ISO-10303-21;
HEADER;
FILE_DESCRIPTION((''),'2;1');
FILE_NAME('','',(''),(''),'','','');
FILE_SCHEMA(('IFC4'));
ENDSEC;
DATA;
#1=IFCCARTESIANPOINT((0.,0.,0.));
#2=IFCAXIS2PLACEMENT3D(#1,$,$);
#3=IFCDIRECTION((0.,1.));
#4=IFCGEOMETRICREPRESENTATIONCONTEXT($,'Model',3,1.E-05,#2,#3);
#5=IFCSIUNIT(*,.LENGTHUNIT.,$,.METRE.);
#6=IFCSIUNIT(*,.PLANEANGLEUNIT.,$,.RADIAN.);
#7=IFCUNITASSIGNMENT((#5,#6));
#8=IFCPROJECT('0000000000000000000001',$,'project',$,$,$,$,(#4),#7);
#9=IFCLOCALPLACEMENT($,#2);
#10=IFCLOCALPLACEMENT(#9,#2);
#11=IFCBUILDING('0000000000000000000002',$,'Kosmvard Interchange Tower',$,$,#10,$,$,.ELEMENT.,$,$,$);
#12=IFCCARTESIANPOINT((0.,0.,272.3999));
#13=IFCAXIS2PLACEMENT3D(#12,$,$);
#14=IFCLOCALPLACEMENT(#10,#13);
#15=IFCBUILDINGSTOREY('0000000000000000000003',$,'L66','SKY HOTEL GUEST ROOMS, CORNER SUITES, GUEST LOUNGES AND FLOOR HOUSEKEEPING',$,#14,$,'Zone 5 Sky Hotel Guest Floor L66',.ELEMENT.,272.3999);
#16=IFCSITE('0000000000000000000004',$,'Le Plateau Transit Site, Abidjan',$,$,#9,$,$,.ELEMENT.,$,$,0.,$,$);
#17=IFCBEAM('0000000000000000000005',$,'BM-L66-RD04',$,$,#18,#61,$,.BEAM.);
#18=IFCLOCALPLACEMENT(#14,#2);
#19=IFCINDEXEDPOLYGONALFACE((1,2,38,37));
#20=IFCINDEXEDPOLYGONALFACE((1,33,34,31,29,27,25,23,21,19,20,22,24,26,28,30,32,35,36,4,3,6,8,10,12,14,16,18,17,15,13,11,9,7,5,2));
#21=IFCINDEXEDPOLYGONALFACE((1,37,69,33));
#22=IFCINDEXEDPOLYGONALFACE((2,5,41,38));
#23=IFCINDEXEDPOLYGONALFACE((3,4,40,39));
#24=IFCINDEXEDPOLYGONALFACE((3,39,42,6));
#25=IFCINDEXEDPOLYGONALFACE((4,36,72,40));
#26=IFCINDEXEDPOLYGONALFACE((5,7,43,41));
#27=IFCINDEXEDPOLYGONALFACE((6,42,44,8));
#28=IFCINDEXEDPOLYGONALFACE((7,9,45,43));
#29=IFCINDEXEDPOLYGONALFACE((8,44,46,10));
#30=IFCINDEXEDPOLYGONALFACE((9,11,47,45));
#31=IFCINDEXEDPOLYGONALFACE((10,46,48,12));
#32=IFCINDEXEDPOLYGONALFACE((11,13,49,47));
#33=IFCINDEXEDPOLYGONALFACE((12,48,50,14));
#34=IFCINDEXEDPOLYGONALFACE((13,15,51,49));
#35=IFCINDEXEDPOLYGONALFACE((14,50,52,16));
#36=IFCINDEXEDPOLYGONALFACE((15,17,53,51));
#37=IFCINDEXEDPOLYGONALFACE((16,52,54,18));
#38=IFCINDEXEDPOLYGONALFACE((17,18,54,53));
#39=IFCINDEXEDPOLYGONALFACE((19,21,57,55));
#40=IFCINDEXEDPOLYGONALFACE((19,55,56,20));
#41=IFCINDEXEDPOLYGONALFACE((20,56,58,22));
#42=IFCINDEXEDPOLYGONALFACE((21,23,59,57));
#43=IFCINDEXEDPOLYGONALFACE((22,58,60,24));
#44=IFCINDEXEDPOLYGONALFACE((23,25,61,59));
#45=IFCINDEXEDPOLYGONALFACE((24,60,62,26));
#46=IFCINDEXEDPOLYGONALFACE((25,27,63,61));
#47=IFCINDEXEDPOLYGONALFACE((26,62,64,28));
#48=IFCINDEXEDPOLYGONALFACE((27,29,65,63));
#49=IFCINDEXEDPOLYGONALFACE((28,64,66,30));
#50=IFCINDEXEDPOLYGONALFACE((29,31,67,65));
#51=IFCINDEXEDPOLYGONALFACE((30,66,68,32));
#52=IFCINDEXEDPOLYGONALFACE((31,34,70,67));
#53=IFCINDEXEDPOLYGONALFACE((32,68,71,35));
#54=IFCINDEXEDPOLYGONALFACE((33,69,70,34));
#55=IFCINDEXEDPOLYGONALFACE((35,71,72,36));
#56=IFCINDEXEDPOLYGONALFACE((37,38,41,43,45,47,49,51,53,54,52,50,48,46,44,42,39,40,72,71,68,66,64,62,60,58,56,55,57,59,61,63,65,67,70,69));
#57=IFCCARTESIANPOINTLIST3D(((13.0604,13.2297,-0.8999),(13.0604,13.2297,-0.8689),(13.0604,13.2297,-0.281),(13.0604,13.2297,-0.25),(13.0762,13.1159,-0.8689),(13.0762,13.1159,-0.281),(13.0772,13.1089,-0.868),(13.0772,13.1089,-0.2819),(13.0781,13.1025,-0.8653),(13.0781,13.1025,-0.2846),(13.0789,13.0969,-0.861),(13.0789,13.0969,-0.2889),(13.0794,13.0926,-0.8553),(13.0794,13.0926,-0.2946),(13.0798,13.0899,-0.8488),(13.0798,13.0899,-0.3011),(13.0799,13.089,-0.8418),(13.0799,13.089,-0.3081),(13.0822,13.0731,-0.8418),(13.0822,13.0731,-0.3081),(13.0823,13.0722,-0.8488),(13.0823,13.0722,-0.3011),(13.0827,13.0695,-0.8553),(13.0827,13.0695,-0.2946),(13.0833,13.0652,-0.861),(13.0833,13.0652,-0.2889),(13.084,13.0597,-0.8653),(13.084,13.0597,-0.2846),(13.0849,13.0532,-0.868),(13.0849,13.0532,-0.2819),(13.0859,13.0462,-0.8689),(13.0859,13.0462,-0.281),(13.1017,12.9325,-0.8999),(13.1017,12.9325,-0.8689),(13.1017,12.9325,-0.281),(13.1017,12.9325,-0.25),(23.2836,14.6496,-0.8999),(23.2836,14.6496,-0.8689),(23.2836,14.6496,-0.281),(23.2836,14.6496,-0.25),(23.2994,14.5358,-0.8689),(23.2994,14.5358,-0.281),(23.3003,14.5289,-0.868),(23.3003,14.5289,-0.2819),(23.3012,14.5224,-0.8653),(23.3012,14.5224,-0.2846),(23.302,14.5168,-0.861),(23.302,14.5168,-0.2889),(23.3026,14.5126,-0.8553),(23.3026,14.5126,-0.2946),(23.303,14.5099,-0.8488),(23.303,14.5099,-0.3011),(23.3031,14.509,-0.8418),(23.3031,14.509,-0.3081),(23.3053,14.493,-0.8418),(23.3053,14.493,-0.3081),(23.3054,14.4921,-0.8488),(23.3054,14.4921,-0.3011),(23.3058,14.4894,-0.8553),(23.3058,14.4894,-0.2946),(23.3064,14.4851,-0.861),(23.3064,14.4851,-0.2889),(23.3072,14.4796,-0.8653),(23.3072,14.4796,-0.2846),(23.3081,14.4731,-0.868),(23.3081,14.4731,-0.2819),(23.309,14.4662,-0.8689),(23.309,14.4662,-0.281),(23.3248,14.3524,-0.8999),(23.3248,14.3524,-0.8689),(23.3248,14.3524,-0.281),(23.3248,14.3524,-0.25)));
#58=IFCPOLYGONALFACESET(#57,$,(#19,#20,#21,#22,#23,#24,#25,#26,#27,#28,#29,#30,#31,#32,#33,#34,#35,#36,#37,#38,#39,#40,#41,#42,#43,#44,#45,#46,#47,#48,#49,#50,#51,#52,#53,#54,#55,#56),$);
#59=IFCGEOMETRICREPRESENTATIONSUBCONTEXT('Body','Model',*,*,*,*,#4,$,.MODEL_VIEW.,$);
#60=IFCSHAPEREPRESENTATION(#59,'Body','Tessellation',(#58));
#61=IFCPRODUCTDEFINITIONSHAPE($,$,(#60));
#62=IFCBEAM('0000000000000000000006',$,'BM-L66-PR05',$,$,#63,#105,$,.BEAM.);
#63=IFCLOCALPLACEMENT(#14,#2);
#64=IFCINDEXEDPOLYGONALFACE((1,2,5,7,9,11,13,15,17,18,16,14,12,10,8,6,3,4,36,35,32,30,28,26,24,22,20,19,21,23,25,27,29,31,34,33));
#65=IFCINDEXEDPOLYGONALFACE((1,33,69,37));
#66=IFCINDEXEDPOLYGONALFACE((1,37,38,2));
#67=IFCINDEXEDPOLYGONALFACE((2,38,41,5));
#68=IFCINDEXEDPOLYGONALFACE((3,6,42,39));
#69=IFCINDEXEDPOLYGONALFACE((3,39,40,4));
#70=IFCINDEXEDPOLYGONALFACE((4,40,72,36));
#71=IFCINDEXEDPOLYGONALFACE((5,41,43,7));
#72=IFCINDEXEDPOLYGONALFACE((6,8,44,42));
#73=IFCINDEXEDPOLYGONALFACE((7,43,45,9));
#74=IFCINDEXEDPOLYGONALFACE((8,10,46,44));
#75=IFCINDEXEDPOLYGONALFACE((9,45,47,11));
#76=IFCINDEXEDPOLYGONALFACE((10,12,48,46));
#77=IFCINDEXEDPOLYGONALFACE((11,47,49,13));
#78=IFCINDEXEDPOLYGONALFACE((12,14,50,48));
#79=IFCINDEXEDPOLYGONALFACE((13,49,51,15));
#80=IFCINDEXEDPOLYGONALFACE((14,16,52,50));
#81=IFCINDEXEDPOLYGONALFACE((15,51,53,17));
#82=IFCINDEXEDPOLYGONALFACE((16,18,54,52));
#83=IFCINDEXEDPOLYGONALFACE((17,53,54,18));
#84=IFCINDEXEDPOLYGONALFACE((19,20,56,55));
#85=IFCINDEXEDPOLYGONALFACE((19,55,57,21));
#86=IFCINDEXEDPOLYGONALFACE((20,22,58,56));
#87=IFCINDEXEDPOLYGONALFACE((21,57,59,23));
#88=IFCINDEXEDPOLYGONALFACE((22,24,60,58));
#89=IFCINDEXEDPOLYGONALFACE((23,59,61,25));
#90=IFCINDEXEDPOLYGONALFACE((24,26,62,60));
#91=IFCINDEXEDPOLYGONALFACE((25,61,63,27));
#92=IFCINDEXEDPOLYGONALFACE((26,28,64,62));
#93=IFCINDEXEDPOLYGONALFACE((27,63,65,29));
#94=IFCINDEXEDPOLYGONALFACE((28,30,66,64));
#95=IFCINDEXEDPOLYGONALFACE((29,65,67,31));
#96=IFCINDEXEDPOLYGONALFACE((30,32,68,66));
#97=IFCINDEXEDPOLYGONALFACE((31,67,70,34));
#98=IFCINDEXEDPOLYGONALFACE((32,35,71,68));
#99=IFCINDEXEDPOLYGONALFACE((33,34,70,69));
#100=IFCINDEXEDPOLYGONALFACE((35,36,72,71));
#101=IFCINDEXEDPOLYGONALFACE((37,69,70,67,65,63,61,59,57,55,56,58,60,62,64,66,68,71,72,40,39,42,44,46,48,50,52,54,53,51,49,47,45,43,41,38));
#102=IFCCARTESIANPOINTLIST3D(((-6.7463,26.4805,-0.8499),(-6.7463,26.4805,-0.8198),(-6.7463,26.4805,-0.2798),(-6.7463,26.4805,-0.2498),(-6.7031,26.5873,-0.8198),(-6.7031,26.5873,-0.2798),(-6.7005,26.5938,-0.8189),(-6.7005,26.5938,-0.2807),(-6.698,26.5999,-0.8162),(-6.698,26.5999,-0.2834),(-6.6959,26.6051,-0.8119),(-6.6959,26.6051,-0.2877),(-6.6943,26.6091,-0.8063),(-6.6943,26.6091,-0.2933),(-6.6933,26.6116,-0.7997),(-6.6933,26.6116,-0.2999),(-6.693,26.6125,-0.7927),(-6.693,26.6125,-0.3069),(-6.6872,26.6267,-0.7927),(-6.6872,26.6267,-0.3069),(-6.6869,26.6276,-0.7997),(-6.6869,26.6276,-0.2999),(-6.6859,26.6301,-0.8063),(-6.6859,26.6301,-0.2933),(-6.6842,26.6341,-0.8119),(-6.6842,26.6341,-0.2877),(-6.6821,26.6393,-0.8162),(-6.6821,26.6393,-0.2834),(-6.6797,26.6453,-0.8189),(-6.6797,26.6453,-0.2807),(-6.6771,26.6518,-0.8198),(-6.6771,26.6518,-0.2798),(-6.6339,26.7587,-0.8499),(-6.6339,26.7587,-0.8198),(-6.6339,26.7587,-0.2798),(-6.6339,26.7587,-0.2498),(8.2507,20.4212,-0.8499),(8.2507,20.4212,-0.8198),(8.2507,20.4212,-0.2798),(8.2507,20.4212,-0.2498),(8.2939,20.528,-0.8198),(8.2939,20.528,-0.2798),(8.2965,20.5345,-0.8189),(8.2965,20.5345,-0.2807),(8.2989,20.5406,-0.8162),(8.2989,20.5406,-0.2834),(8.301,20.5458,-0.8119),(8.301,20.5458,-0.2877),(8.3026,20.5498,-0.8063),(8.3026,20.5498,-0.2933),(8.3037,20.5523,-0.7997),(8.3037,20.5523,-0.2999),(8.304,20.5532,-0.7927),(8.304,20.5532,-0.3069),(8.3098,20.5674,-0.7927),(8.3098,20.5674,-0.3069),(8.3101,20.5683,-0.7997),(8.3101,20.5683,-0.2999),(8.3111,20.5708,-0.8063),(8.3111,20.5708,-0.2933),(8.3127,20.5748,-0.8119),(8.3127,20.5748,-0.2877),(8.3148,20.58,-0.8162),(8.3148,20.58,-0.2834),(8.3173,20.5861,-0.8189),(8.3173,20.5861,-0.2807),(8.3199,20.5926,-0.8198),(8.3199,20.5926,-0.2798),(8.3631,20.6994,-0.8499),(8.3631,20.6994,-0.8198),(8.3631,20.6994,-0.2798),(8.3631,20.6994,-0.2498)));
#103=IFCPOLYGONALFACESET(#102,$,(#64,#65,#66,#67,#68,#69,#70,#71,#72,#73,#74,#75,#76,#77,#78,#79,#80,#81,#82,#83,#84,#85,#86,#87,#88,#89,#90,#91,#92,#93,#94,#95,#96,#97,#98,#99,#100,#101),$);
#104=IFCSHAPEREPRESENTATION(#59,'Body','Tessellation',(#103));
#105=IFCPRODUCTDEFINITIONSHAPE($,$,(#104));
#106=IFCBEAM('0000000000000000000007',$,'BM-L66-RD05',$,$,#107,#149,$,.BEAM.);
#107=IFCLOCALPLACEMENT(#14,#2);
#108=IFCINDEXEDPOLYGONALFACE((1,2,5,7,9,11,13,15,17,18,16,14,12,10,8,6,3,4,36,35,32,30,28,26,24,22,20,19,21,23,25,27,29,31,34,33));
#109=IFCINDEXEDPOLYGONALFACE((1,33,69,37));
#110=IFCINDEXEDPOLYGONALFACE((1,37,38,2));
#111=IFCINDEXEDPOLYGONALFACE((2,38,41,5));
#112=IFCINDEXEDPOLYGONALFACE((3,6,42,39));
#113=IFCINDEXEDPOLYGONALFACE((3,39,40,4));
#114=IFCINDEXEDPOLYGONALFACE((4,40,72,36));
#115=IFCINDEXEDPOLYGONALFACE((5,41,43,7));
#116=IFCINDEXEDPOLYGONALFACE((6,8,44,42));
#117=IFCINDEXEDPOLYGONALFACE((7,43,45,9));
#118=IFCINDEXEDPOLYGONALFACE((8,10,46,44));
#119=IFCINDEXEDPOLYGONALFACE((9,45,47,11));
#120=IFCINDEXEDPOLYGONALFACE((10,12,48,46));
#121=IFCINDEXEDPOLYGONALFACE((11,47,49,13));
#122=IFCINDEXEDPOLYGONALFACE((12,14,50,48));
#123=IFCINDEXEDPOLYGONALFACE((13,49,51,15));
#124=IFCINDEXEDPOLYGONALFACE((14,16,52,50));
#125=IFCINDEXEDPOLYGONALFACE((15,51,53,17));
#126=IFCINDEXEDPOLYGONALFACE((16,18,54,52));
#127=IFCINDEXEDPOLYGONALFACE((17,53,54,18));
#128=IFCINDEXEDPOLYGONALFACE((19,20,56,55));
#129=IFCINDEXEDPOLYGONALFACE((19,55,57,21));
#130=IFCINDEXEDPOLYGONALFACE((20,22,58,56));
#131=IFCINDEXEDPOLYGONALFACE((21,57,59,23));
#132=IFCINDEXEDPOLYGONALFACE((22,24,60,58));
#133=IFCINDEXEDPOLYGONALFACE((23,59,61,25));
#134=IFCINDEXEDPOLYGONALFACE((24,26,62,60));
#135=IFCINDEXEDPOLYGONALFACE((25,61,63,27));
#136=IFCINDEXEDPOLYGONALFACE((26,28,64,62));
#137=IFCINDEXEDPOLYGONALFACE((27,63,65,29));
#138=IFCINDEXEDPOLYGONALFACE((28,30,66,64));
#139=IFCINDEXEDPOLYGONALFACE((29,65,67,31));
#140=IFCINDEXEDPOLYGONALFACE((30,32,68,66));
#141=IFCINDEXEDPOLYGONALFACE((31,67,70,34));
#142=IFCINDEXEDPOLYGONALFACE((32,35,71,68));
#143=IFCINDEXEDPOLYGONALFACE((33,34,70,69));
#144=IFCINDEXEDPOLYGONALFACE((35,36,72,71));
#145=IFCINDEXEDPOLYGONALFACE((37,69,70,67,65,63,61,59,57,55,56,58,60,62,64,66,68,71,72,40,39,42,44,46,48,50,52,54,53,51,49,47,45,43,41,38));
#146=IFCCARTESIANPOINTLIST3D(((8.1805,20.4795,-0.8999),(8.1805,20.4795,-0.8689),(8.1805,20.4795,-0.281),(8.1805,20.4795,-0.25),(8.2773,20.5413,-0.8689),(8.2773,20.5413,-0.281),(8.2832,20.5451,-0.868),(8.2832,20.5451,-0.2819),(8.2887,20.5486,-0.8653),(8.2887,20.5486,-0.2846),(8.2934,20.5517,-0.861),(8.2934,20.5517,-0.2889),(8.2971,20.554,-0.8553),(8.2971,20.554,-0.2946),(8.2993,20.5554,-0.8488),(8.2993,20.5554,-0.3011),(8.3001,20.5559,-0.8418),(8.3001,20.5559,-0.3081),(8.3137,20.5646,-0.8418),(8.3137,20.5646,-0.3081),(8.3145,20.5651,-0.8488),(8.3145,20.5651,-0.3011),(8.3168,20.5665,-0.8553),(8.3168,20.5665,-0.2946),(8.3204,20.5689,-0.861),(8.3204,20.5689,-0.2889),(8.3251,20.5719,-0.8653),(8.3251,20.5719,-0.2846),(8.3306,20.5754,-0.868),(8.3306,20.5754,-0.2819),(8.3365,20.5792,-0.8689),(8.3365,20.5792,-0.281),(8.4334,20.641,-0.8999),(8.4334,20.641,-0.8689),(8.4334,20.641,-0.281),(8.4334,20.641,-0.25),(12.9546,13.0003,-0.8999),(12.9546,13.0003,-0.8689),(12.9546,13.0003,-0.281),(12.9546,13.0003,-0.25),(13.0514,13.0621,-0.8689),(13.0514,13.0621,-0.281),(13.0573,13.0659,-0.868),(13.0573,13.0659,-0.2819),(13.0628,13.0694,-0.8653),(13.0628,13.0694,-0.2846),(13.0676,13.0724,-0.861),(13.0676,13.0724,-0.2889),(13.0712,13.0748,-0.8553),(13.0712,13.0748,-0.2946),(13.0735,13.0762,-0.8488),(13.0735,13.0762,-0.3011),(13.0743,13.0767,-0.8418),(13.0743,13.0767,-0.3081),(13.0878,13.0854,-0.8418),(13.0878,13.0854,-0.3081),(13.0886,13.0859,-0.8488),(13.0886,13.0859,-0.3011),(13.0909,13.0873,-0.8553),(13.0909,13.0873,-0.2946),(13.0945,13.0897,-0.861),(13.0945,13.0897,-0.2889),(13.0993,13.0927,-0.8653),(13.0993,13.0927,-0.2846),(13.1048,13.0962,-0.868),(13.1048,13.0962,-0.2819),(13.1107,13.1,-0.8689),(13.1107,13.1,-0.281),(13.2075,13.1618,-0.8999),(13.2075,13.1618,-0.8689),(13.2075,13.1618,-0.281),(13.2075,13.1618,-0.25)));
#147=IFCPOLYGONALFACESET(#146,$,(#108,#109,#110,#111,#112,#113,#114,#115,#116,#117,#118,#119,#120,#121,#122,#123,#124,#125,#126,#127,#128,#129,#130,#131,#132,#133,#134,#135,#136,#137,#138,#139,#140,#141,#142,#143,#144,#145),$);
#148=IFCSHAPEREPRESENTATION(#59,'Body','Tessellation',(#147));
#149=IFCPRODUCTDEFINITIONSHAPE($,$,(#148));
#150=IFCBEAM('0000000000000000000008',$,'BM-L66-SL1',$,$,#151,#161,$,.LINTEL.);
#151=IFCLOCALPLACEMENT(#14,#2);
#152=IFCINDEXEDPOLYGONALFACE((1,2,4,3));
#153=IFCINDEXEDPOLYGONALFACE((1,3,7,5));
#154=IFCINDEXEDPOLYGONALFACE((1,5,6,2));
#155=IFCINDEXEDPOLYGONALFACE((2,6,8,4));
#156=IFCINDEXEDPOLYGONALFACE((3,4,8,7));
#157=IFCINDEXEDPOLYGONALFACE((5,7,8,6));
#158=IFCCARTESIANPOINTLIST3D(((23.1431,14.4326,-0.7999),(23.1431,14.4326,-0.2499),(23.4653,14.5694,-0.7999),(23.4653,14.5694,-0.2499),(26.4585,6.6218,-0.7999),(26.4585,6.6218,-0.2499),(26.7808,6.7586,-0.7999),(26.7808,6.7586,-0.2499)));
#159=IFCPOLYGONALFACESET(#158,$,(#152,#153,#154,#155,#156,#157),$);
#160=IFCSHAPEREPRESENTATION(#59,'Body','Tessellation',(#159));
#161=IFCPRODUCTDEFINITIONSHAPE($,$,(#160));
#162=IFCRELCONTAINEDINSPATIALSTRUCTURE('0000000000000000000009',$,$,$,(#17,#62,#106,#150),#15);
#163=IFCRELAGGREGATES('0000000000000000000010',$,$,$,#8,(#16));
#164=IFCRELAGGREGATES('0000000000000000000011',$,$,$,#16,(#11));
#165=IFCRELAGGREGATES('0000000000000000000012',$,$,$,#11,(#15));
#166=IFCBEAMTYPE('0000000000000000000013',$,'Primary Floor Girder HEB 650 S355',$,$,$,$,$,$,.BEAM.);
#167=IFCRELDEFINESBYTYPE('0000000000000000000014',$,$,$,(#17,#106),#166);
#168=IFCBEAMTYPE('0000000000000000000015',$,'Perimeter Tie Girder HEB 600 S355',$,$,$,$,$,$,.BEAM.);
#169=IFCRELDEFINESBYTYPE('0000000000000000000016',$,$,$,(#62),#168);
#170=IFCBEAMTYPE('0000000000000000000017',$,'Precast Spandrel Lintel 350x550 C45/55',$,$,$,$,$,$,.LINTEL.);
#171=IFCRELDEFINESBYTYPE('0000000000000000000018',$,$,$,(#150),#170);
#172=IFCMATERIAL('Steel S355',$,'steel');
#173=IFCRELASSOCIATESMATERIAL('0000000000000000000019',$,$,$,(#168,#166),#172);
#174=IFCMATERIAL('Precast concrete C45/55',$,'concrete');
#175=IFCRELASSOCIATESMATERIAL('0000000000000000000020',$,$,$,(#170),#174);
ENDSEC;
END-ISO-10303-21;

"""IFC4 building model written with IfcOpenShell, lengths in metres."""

from ifc_helpers import new_model, si_unit, direction, frame, origin, origin_2d, place, context, subcontext, project, spatial, rectangle, i_section, extrude, source, transform, mapped, material, material_profile, profile_set, type_object, element, save


model = new_model("IFC4")

# Units and contexts
model_context = context("Model", 3, precision=1e-05, world=origin(), true_north=direction((0.0, 1.0)))
body_context = subcontext(model_context, "Body", "Model", "MODEL_VIEW")
ifc_project = project(units=[si_unit("LENGTHUNIT", "METRE"), si_unit("PLANEANGLEUNIT", "RADIAN")], contexts=[model_context])

# Site, building, storey
site_placement = place(None, origin())
site = spatial("IfcSite", under=ifc_project, at=site_placement, Name="Le Plateau Transit Site, Abidjan", CompositionType="ELEMENT", RefElevation=0.0)
building_placement = place(site_placement, origin())
building = spatial("IfcBuilding", under=site, at=building_placement, Name="Kosmvard Interchange Tower", CompositionType="ELEMENT")
storey_placement = place(building_placement, frame((0.0, 0.0, 272.3999)))
storey = spatial("IfcBuildingStorey", under=building, at=storey_placement, Name="L66", Description="SKY HOTEL GUEST ROOMS, CORNER SUITES, GUEST LOUNGES AND FLOOR HOUSEKEEPING", LongName="Zone 5 Sky Hotel Guest Floor L66", CompositionType="ELEMENT", Elevation=272.3999)

# Beams
ifc_material_1 = material(Name="Steel S355", Category="steel")
ifc_material_profile_1 = material_profile(ifc_material_1, i_section(OverallWidth=0.3, OverallDepth=0.6001, WebThickness=0.0154, FlangeThickness=0.03, FilletRadius=0.0271, at=origin_2d()), Name="HEB 600")
ifc_profile_set_1 = profile_set([ifc_material_profile_1], Name="Steel S355")
beam_type_1 = type_object("IfcBeamType", Name="Perimeter Tie Girder HEB 600 S355", PredefinedType="BEAM", material=ifc_profile_set_1)
ifc_material_profile_2 = material_profile(ifc_material_1, i_section(OverallWidth=0.3, OverallDepth=0.6499, WebThickness=0.0161, FlangeThickness=0.031, FilletRadius=0.0271, at=origin_2d()), Name="HEB 650")
ifc_profile_set_2 = profile_set([ifc_material_profile_2], Name="Steel S355")
beam_type_2 = type_object("IfcBeamType", Name="Primary Floor Girder HEB 650 S355", PredefinedType="BEAM", material=ifc_profile_set_2)
shared_shape_1 = source(origin(), body_context, "Body", "SweptSolid", [
    extrude(i_section(OverallWidth=0.3, OverallDepth=0.6499, WebThickness=0.0161, FlangeThickness=0.031, FilletRadius=0.0271, at=origin_2d()), origin(), (0.0, 0.0, 1.0), 10.3213),
])
beam_1_placement = place(storey_placement, frame((13.0811, 13.0811, -0.575), z_axis=(0.990492, 0.137572, 0.0), x_axis=(-0.137572, 0.990492, 0.0)))
element("IfcBeam", 1, at=beam_1_placement, inside=storey, type_object=beam_type_2, Name="BM-L66-RD04", PredefinedType="BEAM", context=body_context, shape_type="MappedRepresentation", body=[
    mapped(shared_shape_1, transform((0.0, 0.0, 0.0), scale=1.0)),
])
shared_shape_2 = source(origin(), body_context, "Body", "SweptSolid", [
    extrude(i_section(OverallWidth=0.3, OverallDepth=0.6001, WebThickness=0.0154, FlangeThickness=0.03, FilletRadius=0.0271, at=origin_2d()), origin(), (0.0, 0.0, 1.0), 16.1748),
])
beam_2_placement = place(storey_placement, frame((8.3069, 20.5603, -0.5498), z_axis=(-0.927181, 0.374613, 0.0), x_axis=(-0.374613, -0.927181, 0.0)))
element("IfcBeam", 2, at=beam_2_placement, inside=storey, type_object=beam_type_1, Name="BM-L66-PR05", PredefinedType="BEAM", context=body_context, shape_type="MappedRepresentation", body=[
    mapped(shared_shape_2, transform((0.0, 0.0, 0.0), scale=1.0)),
])
shared_shape_3 = source(origin(), body_context, "Body", "SweptSolid", [
    extrude(i_section(OverallWidth=0.3, OverallDepth=0.6499, WebThickness=0.0161, FlangeThickness=0.031, FilletRadius=0.0271, at=origin_2d()), origin(), (0.0, 0.0, 1.0), 8.873),
])
beam_3_placement = place(storey_placement, frame((13.0811, 13.0811, -0.575), z_axis=(-0.53805, 0.842913, 0.0), x_axis=(-0.842913, -0.53805, 0.0)))
element("IfcBeam", 3, at=beam_3_placement, inside=storey, type_object=beam_type_2, Name="BM-L66-RD05", PredefinedType="BEAM", context=body_context, shape_type="MappedRepresentation", body=[
    mapped(shared_shape_3, transform((0.0, 0.0, 0.0), scale=1.0)),
])
ifc_material_2 = material(Name="Precast concrete C45/55", Category="concrete")
ifc_material_profile_3 = material_profile(ifc_material_2, rectangle(XDim=0.3501, YDim=0.55, at=origin_2d()), Name="SL 350x550")
ifc_profile_set_3 = profile_set([ifc_material_profile_3], Name="Precast concrete C45/55")
beam_type_3 = type_object("IfcBeamType", Name="Precast Spandrel Lintel 350x550 C45/55", PredefinedType="LINTEL", material=ifc_profile_set_3)
shared_shape_4 = source(origin(), body_context, "Body", "SweptSolid", [
    extrude(rectangle(XDim=0.3501, YDim=0.55, at=origin_2d()), origin(), (0.0, 0.0, 1.0), 8.4854),
])
beam_4_placement = place(storey_placement, frame((26.6196, 6.6902, -0.5249), z_axis=(-0.390726, 0.920507, 0.0), x_axis=(-0.920507, -0.390726, 0.0)))
element("IfcBeam", 4, at=beam_4_placement, inside=storey, type_object=beam_type_3, Name="BM-L66-SL1", PredefinedType="LINTEL", context=body_context, shape_type="MappedRepresentation", body=[
    mapped(shared_shape_4, transform((0.0, 0.0, 0.0), scale=1.0)),
])

save(model, "model.ifc")
